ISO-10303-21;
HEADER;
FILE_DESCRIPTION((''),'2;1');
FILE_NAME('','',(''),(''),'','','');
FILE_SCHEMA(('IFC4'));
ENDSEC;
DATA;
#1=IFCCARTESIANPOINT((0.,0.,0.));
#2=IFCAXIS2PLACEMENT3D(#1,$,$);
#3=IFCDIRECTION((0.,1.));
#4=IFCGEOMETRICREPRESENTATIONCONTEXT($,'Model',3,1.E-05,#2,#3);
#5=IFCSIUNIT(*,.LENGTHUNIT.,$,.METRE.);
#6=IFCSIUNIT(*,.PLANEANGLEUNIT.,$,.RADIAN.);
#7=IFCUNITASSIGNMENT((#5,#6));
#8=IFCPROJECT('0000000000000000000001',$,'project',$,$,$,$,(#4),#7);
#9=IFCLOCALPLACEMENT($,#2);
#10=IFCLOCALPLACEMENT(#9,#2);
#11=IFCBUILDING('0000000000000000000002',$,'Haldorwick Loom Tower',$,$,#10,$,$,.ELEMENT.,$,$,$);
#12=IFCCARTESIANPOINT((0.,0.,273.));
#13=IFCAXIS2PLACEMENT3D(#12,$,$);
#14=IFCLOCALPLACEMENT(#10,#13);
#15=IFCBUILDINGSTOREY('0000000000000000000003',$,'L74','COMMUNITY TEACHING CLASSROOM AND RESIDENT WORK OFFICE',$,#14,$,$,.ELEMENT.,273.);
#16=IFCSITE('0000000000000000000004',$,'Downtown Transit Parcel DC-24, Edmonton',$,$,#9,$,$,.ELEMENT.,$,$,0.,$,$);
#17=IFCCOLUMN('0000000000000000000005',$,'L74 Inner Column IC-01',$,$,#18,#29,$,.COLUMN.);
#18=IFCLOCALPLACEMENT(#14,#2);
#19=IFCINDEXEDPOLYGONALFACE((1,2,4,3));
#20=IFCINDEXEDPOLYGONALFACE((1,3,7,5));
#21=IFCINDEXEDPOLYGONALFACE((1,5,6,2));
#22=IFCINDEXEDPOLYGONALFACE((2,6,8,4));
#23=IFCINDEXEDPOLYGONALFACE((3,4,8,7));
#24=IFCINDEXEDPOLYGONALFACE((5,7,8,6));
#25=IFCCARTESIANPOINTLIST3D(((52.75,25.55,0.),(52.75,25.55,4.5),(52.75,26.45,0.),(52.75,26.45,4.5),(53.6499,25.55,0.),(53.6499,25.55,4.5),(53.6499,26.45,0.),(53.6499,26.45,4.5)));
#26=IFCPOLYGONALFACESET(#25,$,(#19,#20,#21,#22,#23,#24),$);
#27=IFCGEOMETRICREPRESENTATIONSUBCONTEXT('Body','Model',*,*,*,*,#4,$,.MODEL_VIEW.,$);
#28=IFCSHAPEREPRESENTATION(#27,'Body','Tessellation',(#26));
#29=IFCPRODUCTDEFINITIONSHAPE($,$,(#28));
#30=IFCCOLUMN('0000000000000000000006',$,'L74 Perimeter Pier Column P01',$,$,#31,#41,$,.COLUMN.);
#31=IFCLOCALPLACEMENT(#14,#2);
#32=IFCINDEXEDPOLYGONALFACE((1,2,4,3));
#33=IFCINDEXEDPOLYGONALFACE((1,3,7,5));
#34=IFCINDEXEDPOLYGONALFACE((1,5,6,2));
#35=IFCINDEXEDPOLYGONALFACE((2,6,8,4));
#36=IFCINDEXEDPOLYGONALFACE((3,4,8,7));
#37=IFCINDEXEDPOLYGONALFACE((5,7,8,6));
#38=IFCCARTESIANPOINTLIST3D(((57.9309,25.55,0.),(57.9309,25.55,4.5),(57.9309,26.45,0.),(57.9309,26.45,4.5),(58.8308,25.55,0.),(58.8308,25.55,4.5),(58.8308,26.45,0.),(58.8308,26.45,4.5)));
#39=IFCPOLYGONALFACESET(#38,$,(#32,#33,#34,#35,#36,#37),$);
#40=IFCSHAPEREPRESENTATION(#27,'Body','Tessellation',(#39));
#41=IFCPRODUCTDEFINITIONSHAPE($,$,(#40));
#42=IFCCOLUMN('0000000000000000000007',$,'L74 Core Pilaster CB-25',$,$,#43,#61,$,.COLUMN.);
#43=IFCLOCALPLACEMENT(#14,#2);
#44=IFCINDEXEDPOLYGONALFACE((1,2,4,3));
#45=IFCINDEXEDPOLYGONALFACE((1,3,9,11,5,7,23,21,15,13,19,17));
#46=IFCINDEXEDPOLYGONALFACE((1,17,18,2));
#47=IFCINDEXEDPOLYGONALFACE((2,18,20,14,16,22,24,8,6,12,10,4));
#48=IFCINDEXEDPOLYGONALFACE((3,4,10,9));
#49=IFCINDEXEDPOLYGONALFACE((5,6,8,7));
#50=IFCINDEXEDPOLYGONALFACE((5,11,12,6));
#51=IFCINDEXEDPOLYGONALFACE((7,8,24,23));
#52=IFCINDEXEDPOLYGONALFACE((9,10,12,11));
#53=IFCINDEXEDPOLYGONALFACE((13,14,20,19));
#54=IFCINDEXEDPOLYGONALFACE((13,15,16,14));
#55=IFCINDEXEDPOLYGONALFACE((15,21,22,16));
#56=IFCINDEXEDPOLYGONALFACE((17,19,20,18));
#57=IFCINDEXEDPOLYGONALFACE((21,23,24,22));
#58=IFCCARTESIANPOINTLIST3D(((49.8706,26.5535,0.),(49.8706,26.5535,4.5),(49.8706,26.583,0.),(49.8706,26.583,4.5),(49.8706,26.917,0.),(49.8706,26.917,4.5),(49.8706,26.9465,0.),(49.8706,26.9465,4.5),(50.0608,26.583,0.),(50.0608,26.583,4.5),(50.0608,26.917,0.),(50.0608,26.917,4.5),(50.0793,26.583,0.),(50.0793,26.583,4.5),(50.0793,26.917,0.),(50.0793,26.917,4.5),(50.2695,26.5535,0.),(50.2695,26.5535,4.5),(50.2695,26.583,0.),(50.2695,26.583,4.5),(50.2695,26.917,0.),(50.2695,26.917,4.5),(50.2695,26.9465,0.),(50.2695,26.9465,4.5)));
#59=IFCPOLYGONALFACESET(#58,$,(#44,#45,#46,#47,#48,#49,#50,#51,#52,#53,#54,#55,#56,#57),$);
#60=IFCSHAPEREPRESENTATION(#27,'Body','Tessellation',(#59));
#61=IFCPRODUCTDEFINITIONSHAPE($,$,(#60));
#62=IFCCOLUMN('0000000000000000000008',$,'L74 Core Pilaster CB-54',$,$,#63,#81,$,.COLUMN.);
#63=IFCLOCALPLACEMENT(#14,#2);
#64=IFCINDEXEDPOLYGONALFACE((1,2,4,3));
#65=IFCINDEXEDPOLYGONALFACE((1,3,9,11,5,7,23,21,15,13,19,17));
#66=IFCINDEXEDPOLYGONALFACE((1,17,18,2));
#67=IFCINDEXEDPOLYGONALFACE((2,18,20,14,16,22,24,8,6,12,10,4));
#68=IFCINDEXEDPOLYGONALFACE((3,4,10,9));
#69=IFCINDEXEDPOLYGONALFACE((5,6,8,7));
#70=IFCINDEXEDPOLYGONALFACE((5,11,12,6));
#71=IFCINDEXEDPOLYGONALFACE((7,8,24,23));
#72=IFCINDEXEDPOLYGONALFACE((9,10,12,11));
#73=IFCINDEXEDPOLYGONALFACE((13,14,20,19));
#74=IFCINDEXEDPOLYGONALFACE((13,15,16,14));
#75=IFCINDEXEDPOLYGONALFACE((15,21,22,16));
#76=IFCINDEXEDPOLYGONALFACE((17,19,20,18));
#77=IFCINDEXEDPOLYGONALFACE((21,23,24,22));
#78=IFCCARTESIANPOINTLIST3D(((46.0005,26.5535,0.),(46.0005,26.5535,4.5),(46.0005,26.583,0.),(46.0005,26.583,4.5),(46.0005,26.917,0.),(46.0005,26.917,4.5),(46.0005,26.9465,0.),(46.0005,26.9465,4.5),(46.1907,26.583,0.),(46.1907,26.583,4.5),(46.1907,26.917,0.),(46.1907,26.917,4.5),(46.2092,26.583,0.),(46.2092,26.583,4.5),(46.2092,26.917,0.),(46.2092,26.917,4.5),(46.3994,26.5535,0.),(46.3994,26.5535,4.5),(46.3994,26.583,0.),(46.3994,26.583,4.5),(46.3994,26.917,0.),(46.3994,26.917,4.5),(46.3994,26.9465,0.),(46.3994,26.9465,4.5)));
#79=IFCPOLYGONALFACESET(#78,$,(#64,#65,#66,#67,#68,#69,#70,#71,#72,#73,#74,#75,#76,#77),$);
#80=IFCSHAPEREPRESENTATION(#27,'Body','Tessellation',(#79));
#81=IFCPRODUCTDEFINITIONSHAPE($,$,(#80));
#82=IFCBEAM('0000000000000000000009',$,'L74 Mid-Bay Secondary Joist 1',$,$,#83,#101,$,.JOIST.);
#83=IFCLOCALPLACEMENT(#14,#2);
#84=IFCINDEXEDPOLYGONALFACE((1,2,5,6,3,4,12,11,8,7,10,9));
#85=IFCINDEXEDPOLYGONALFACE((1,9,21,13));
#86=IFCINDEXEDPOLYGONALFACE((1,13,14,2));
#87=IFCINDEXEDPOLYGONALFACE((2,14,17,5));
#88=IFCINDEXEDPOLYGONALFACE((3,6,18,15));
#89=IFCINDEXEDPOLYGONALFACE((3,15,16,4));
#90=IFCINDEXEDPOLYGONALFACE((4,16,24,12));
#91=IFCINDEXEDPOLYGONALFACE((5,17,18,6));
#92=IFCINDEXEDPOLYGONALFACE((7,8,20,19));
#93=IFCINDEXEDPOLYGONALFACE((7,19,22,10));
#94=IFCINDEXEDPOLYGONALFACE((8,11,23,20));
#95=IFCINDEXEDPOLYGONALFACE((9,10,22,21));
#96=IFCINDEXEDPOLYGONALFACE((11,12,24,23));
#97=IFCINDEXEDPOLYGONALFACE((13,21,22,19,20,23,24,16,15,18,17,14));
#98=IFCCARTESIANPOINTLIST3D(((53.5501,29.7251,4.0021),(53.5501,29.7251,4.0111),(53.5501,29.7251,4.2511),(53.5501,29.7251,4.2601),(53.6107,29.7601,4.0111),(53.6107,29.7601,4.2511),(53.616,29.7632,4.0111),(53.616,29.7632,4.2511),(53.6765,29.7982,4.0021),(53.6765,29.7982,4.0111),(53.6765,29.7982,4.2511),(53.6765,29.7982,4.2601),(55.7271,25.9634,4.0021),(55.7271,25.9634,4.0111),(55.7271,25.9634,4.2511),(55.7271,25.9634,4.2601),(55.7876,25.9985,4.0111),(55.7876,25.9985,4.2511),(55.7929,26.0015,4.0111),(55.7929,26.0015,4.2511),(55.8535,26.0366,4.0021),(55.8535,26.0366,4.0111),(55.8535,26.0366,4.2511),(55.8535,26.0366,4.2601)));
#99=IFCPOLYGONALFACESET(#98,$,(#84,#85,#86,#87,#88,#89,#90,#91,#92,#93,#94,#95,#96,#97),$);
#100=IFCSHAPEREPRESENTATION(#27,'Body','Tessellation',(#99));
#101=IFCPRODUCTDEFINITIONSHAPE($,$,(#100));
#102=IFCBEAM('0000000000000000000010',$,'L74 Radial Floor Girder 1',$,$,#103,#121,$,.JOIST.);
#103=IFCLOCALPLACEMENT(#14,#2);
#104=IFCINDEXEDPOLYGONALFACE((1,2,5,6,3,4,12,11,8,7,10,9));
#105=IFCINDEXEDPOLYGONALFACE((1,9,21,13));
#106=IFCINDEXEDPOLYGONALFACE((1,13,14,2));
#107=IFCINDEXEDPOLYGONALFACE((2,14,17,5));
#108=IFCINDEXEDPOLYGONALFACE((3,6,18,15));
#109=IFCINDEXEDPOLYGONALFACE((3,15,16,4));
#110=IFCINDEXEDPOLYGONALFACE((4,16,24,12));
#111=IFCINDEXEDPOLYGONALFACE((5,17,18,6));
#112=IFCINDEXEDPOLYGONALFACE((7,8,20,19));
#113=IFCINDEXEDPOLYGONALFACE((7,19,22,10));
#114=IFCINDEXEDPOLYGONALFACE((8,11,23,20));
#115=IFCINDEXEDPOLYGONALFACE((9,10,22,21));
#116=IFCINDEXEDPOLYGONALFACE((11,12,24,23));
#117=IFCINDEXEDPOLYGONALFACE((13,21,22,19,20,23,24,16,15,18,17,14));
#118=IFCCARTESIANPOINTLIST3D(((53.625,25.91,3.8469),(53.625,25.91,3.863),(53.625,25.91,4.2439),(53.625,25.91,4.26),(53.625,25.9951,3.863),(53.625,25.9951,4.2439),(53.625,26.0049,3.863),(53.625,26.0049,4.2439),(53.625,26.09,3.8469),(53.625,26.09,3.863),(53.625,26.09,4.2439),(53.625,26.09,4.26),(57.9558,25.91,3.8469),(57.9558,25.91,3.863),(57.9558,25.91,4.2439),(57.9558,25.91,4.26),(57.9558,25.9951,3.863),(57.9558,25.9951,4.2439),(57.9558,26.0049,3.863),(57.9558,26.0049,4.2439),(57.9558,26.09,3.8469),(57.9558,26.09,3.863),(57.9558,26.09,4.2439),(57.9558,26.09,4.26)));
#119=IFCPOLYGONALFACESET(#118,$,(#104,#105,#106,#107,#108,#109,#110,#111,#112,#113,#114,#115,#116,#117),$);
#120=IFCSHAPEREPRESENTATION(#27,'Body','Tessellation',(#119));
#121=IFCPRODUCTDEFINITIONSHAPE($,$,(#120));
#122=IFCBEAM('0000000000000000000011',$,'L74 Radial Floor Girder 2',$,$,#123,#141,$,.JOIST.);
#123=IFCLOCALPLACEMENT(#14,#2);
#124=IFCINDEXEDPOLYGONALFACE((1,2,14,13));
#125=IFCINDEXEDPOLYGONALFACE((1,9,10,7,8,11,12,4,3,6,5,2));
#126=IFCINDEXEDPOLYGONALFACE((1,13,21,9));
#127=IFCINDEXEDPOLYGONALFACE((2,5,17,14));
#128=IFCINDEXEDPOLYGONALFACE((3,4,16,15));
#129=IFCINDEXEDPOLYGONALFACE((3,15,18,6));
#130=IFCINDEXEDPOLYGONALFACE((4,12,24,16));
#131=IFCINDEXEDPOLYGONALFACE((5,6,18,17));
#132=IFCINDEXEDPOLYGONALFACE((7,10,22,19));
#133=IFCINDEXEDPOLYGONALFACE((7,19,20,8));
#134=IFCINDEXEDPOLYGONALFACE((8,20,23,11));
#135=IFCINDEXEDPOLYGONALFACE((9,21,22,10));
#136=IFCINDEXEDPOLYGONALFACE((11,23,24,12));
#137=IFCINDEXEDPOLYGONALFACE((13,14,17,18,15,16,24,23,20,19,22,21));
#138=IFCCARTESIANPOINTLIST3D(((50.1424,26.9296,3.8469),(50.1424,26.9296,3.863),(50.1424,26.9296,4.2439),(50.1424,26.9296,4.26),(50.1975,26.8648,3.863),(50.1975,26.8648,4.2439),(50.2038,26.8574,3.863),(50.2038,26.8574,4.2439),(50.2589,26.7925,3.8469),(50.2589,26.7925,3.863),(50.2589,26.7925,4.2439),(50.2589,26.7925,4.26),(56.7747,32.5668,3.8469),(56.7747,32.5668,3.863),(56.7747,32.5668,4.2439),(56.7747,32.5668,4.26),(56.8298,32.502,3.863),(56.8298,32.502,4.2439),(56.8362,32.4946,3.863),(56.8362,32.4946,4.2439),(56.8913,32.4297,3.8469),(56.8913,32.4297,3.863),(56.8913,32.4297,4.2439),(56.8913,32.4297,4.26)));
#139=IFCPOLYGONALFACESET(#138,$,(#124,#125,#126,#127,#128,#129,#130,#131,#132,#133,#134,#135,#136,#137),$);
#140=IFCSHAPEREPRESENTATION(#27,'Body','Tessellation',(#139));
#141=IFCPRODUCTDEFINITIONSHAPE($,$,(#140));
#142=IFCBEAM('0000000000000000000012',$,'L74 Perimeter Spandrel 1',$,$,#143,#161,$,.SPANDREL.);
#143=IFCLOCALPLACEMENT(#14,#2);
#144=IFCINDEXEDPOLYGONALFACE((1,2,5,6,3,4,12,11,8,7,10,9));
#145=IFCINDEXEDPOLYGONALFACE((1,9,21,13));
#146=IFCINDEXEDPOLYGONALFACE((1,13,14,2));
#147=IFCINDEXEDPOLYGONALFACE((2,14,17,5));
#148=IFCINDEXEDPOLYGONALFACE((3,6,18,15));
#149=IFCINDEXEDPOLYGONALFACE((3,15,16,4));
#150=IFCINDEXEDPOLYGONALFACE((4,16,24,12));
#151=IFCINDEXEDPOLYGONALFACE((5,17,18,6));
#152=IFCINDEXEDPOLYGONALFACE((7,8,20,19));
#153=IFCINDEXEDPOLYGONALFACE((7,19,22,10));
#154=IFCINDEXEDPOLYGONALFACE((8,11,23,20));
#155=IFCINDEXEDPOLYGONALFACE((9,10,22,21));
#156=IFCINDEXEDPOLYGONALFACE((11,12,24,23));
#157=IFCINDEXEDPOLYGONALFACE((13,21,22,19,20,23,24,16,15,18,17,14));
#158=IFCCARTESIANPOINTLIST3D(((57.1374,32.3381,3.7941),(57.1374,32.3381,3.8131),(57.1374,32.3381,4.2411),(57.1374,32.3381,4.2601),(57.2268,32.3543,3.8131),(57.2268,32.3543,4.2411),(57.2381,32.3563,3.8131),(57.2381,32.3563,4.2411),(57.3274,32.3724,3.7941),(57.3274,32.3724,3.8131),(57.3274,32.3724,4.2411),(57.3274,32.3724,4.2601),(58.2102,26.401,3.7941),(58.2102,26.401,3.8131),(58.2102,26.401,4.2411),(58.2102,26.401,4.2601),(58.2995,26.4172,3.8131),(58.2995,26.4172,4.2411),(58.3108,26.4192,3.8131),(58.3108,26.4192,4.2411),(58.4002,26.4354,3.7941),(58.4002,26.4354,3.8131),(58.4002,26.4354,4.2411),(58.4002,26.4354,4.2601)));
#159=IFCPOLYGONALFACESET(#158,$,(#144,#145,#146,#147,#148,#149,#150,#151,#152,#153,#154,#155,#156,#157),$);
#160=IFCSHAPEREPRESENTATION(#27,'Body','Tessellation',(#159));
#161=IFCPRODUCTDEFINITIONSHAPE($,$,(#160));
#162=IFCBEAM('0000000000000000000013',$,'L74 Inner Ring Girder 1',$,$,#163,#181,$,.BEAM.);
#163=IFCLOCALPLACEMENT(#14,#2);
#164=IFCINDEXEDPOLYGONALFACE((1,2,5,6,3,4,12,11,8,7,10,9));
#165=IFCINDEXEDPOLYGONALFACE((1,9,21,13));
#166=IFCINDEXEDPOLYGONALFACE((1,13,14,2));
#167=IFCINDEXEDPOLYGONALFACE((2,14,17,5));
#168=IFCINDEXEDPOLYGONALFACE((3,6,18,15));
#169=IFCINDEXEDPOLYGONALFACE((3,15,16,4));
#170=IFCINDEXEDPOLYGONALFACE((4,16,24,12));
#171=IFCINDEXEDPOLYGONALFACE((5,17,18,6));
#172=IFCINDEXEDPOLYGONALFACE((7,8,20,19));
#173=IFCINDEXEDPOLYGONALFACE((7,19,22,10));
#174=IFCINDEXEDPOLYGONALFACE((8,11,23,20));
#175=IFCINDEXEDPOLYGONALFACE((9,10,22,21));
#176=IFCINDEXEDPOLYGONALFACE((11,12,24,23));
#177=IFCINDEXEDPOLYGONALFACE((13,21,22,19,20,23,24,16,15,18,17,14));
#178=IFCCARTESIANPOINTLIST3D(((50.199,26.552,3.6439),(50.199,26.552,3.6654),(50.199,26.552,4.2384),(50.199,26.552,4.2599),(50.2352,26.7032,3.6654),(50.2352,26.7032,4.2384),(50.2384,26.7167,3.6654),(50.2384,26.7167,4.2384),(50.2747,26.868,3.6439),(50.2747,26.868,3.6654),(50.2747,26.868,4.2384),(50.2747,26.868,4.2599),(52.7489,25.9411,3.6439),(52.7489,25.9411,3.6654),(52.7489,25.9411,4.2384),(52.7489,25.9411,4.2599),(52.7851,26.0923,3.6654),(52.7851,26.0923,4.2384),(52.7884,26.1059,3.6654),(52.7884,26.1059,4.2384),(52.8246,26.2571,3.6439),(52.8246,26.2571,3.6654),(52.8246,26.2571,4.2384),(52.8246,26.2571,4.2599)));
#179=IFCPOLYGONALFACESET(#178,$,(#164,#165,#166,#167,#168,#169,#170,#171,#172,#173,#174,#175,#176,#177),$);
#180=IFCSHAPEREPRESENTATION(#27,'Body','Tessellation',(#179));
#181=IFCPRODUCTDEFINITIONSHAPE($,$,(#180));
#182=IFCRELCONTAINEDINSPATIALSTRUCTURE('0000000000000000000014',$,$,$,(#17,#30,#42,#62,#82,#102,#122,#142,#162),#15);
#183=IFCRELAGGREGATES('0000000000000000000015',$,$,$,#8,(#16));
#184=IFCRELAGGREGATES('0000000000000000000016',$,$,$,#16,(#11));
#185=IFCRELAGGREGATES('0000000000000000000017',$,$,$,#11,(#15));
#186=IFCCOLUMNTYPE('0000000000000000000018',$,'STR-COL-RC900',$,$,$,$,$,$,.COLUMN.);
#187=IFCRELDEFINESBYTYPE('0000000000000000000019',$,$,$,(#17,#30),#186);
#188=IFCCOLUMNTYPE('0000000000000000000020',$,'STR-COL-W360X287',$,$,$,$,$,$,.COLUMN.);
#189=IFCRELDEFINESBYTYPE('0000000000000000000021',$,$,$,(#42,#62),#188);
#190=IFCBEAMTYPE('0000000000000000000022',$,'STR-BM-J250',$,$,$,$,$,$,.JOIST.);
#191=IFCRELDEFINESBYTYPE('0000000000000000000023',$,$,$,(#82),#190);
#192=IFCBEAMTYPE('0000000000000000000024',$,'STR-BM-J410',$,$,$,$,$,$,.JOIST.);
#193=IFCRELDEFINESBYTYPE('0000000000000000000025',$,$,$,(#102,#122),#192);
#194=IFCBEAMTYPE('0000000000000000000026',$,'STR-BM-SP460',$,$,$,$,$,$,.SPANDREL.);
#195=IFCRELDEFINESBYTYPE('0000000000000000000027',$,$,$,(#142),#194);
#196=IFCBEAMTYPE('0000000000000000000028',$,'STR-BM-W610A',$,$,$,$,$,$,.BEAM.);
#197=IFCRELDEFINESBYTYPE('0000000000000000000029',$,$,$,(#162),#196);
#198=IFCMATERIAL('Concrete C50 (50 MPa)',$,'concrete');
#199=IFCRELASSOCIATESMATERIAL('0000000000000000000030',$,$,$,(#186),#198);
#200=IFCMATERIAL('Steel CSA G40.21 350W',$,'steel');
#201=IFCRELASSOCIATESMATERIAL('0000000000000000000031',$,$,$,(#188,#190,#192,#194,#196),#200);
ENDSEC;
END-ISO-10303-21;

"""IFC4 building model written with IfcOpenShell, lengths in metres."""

from ifc_helpers import new_model, si_unit, direction, frame, origin, origin_2d, place, context, subcontext, project, spatial, rectangle, i_section, extrude, material, material_profile, profile_set, type_object, element, save


model = new_model("IFC4")

# Units and contexts
model_context = context("Model", 3, precision=1e-05, world=origin(), true_north=direction((0.0, 1.0)))
body_context = subcontext(model_context, "Body", "Model", "MODEL_VIEW")
ifc_project = project(units=[si_unit("LENGTHUNIT", "METRE"), si_unit("PLANEANGLEUNIT", "RADIAN")], contexts=[model_context])

# Site, building, storey
site_placement = place(None, origin())
site = spatial("IfcSite", under=ifc_project, at=site_placement, Name="Downtown Transit Parcel DC-24, Edmonton", CompositionType="ELEMENT", RefElevation=0.0)
building_placement = place(site_placement, origin())
building = spatial("IfcBuilding", under=site, at=building_placement, Name="Haldorwick Loom Tower", CompositionType="ELEMENT")
storey_placement = place(building_placement, frame((0.0, 0.0, 273.0)))
storey = spatial("IfcBuildingStorey", under=building, at=storey_placement, Name="L74", Description="COMMUNITY TEACHING CLASSROOM AND RESIDENT WORK OFFICE", CompositionType="ELEMENT", Elevation=273.0)

# Columns
ifc_material_1 = material(Name="Concrete C50 (50 MPa)", Category="concrete")
ifc_material_profile_1 = material_profile(ifc_material_1, rectangle(XDim=0.8999, YDim=0.8999, at=origin_2d()), Name="RC900X900", Category="concrete")
ifc_profile_set_1 = profile_set([ifc_material_profile_1], Name="Concrete C50 (50 MPa)")
column_type_1 = type_object("IfcColumnType", Name="STR-COL-RC900", PredefinedType="COLUMN", material=ifc_profile_set_1)
for number, where, z_axis, x_axis, name in (
    (1, (53.2, 26.0, 0.0), (0.0, 0.0, 1.0), (1.0, 0.0, 0.0), "L74 Inner Column IC-01"),
    (2, (58.3809, 26.0, 0.0), (0.0, 0.0, 1.0), (1.0, 0.0, 0.0), "L74 Perimeter Pier Column P01"),
):
    element("IfcColumn", number, at=place(storey_placement, frame(where, z_axis=z_axis, x_axis=x_axis)), inside=storey, type_object=column_type_1, Name=name, PredefinedType="COLUMN", context=body_context, shape_type="SweptSolid", body=[
        extrude(rectangle(XDim=0.8999, YDim=0.8999, at=origin_2d()), origin(), (0.0, 0.0, 1.0), 4.5),
    ])
ifc_material_2 = material(Name="Steel CSA G40.21 350W", Category="steel")
ifc_material_profile_2 = material_profile(ifc_material_2, i_section(OverallWidth=0.3989, OverallDepth=0.3931, WebThickness=0.0186, FlangeThickness=0.0295, at=origin_2d()), Name="W360X287", Category="steel")
ifc_profile_set_2 = profile_set([ifc_material_profile_2], Name="Steel CSA G40.21 350W")
column_type_2 = type_object("IfcColumnType", Name="STR-COL-W360X287", PredefinedType="COLUMN", material=ifc_profile_set_2)
for number, where, z_axis, x_axis, name in (
    (3, (50.0701, 26.75, 0.0), (0.0, 0.0, 1.0), (1.0, 0.0, 0.0), "L74 Core Pilaster CB-25"),
    (4, (46.2, 26.75, 0.0), (0.0, 0.0, 1.0), (1.0, 0.0, 0.0), "L74 Core Pilaster CB-54"),
):
    element("IfcColumn", number, at=place(storey_placement, frame(where, z_axis=z_axis, x_axis=x_axis)), inside=storey, type_object=column_type_2, Name=name, PredefinedType="COLUMN", context=body_context, shape_type="SweptSolid", body=[
        extrude(i_section(OverallWidth=0.3989, OverallDepth=0.3931, WebThickness=0.0186, FlangeThickness=0.0295, at=origin_2d()), origin(), (0.0, 0.0, 1.0), 4.5),
    ])

# Beams
ifc_material_profile_3 = material_profile(ifc_material_2, i_section(OverallWidth=0.146, OverallDepth=0.2581, WebThickness=0.0061, FlangeThickness=0.009, at=origin_2d()), Name="W250X33", Category="steel")
ifc_profile_set_3 = profile_set([ifc_material_profile_3], Name="Steel CSA G40.21 350W")
beam_type_1 = type_object("IfcBeamType", Name="STR-BM-J250", PredefinedType="JOIST", material=ifc_profile_set_3)
beam_1_placement = place(storey_placement, frame((55.7903, 26.0, 4.1311), z_axis=(-0.500892, 0.86551, 0.0), x_axis=(-0.86551, -0.500892, 0.0)))
element("IfcBeam", 5, at=beam_1_placement, inside=storey, type_object=beam_type_1, Name="L74 Mid-Bay Secondary Joist 1", PredefinedType="JOIST", context=body_context, shape_type="SweptSolid", body=[
    extrude(i_section(OverallWidth=0.146, OverallDepth=0.2581, WebThickness=0.0061, FlangeThickness=0.009, at=origin_2d()), origin(), (0.0, 0.0, 1.0), 4.3462),
])
ifc_material_profile_4 = material_profile(ifc_material_2, i_section(OverallWidth=0.1799, OverallDepth=0.4131, WebThickness=0.0098, FlangeThickness=0.0161, at=origin_2d()), Name="W410X74", Category="steel")
ifc_profile_set_4 = profile_set([ifc_material_profile_4], Name="Steel CSA G40.21 350W")
beam_type_2 = type_object("IfcBeamType", Name="STR-BM-J410", PredefinedType="JOIST", material=ifc_profile_set_4)
beam_2_placement = place(storey_placement, frame((53.625, 26.0, 4.0535), z_axis=(1.0, 0.0, 0.0), x_axis=(0.0, 1.0, 0.0)))
element("IfcBeam", 6, at=beam_2_placement, inside=storey, type_object=beam_type_2, Name="L74 Radial Floor Girder 1", PredefinedType="JOIST", context=body_context, shape_type="SweptSolid", body=[
    extrude(i_section(OverallWidth=0.1799, OverallDepth=0.4131, WebThickness=0.0098, FlangeThickness=0.0161, at=origin_2d()), origin(), (0.0, 0.0, 1.0), 4.3308),
])
beam_3_placement = place(storey_placement, frame((50.2007, 26.8611, 4.0535), z_axis=(0.761955, 0.647631, 0.0), x_axis=(-0.647631, 0.761955, 0.0)))
element("IfcBeam", 7, at=beam_3_placement, inside=storey, type_object=beam_type_2, Name="L74 Radial Floor Girder 2", PredefinedType="JOIST", context=body_context, shape_type="SweptSolid", body=[
    extrude(i_section(OverallWidth=0.1799, OverallDepth=0.4131, WebThickness=0.0098, FlangeThickness=0.0161, at=origin_2d()), origin(), (0.0, 0.0, 1.0), 8.7043),
])
ifc_material_profile_5 = material_profile(ifc_material_2, i_section(OverallWidth=0.1931, OverallDepth=0.4661, WebThickness=0.0115, FlangeThickness=0.019, at=origin_2d()), Name="W460X97", Category="steel")
ifc_profile_set_5 = profile_set([ifc_material_profile_5], Name="Steel CSA G40.21 350W")
beam_type_3 = type_object("IfcBeamType", Name="STR-BM-SP460", PredefinedType="SPANDREL", material=ifc_profile_set_5)
beam_4_placement = place(storey_placement, frame((58.3052, 26.4182, 4.0271), z_axis=(-0.17781, 0.984065, 0.0), x_axis=(-0.984065, -0.17781, 0.0)))
element("IfcBeam", 8, at=beam_4_placement, inside=storey, type_object=beam_type_3, Name="L74 Perimeter Spandrel 1", PredefinedType="SPANDREL", context=body_context, shape_type="SweptSolid", body=[
    extrude(i_section(OverallWidth=0.1931, OverallDepth=0.4661, WebThickness=0.0115, FlangeThickness=0.019, at=origin_2d()), origin(), (0.0, 0.0, 1.0), 6.0332),
])
ifc_material_profile_6 = material_profile(ifc_material_2, i_section(OverallWidth=0.325, OverallDepth=0.616, WebThickness=0.0139, FlangeThickness=0.0215, at=origin_2d()), Name="W610X174", Category="steel")
ifc_profile_set_6 = profile_set([ifc_material_profile_6], Name="Steel CSA G40.21 350W")
beam_type_4 = type_object("IfcBeamType", Name="STR-BM-W610A", PredefinedType="BEAM", material=ifc_profile_set_6)
beam_5_placement = place(storey_placement, frame((50.2368, 26.71, 3.9519), z_axis=(0.972484, -0.232971, 0.0), x_axis=(0.232971, 0.972484, 0.0)))
element("IfcBeam", 9, at=beam_5_placement, inside=storey, type_object=beam_type_4, Name="L74 Inner Ring Girder 1", PredefinedType="BEAM", context=body_context, shape_type="SweptSolid", body=[
    extrude(i_section(OverallWidth=0.325, OverallDepth=0.616, WebThickness=0.0139, FlangeThickness=0.0215, at=origin_2d()), origin(), (0.0, 0.0, 1.0), 2.6221),
])

save(model, "model.ifc")
